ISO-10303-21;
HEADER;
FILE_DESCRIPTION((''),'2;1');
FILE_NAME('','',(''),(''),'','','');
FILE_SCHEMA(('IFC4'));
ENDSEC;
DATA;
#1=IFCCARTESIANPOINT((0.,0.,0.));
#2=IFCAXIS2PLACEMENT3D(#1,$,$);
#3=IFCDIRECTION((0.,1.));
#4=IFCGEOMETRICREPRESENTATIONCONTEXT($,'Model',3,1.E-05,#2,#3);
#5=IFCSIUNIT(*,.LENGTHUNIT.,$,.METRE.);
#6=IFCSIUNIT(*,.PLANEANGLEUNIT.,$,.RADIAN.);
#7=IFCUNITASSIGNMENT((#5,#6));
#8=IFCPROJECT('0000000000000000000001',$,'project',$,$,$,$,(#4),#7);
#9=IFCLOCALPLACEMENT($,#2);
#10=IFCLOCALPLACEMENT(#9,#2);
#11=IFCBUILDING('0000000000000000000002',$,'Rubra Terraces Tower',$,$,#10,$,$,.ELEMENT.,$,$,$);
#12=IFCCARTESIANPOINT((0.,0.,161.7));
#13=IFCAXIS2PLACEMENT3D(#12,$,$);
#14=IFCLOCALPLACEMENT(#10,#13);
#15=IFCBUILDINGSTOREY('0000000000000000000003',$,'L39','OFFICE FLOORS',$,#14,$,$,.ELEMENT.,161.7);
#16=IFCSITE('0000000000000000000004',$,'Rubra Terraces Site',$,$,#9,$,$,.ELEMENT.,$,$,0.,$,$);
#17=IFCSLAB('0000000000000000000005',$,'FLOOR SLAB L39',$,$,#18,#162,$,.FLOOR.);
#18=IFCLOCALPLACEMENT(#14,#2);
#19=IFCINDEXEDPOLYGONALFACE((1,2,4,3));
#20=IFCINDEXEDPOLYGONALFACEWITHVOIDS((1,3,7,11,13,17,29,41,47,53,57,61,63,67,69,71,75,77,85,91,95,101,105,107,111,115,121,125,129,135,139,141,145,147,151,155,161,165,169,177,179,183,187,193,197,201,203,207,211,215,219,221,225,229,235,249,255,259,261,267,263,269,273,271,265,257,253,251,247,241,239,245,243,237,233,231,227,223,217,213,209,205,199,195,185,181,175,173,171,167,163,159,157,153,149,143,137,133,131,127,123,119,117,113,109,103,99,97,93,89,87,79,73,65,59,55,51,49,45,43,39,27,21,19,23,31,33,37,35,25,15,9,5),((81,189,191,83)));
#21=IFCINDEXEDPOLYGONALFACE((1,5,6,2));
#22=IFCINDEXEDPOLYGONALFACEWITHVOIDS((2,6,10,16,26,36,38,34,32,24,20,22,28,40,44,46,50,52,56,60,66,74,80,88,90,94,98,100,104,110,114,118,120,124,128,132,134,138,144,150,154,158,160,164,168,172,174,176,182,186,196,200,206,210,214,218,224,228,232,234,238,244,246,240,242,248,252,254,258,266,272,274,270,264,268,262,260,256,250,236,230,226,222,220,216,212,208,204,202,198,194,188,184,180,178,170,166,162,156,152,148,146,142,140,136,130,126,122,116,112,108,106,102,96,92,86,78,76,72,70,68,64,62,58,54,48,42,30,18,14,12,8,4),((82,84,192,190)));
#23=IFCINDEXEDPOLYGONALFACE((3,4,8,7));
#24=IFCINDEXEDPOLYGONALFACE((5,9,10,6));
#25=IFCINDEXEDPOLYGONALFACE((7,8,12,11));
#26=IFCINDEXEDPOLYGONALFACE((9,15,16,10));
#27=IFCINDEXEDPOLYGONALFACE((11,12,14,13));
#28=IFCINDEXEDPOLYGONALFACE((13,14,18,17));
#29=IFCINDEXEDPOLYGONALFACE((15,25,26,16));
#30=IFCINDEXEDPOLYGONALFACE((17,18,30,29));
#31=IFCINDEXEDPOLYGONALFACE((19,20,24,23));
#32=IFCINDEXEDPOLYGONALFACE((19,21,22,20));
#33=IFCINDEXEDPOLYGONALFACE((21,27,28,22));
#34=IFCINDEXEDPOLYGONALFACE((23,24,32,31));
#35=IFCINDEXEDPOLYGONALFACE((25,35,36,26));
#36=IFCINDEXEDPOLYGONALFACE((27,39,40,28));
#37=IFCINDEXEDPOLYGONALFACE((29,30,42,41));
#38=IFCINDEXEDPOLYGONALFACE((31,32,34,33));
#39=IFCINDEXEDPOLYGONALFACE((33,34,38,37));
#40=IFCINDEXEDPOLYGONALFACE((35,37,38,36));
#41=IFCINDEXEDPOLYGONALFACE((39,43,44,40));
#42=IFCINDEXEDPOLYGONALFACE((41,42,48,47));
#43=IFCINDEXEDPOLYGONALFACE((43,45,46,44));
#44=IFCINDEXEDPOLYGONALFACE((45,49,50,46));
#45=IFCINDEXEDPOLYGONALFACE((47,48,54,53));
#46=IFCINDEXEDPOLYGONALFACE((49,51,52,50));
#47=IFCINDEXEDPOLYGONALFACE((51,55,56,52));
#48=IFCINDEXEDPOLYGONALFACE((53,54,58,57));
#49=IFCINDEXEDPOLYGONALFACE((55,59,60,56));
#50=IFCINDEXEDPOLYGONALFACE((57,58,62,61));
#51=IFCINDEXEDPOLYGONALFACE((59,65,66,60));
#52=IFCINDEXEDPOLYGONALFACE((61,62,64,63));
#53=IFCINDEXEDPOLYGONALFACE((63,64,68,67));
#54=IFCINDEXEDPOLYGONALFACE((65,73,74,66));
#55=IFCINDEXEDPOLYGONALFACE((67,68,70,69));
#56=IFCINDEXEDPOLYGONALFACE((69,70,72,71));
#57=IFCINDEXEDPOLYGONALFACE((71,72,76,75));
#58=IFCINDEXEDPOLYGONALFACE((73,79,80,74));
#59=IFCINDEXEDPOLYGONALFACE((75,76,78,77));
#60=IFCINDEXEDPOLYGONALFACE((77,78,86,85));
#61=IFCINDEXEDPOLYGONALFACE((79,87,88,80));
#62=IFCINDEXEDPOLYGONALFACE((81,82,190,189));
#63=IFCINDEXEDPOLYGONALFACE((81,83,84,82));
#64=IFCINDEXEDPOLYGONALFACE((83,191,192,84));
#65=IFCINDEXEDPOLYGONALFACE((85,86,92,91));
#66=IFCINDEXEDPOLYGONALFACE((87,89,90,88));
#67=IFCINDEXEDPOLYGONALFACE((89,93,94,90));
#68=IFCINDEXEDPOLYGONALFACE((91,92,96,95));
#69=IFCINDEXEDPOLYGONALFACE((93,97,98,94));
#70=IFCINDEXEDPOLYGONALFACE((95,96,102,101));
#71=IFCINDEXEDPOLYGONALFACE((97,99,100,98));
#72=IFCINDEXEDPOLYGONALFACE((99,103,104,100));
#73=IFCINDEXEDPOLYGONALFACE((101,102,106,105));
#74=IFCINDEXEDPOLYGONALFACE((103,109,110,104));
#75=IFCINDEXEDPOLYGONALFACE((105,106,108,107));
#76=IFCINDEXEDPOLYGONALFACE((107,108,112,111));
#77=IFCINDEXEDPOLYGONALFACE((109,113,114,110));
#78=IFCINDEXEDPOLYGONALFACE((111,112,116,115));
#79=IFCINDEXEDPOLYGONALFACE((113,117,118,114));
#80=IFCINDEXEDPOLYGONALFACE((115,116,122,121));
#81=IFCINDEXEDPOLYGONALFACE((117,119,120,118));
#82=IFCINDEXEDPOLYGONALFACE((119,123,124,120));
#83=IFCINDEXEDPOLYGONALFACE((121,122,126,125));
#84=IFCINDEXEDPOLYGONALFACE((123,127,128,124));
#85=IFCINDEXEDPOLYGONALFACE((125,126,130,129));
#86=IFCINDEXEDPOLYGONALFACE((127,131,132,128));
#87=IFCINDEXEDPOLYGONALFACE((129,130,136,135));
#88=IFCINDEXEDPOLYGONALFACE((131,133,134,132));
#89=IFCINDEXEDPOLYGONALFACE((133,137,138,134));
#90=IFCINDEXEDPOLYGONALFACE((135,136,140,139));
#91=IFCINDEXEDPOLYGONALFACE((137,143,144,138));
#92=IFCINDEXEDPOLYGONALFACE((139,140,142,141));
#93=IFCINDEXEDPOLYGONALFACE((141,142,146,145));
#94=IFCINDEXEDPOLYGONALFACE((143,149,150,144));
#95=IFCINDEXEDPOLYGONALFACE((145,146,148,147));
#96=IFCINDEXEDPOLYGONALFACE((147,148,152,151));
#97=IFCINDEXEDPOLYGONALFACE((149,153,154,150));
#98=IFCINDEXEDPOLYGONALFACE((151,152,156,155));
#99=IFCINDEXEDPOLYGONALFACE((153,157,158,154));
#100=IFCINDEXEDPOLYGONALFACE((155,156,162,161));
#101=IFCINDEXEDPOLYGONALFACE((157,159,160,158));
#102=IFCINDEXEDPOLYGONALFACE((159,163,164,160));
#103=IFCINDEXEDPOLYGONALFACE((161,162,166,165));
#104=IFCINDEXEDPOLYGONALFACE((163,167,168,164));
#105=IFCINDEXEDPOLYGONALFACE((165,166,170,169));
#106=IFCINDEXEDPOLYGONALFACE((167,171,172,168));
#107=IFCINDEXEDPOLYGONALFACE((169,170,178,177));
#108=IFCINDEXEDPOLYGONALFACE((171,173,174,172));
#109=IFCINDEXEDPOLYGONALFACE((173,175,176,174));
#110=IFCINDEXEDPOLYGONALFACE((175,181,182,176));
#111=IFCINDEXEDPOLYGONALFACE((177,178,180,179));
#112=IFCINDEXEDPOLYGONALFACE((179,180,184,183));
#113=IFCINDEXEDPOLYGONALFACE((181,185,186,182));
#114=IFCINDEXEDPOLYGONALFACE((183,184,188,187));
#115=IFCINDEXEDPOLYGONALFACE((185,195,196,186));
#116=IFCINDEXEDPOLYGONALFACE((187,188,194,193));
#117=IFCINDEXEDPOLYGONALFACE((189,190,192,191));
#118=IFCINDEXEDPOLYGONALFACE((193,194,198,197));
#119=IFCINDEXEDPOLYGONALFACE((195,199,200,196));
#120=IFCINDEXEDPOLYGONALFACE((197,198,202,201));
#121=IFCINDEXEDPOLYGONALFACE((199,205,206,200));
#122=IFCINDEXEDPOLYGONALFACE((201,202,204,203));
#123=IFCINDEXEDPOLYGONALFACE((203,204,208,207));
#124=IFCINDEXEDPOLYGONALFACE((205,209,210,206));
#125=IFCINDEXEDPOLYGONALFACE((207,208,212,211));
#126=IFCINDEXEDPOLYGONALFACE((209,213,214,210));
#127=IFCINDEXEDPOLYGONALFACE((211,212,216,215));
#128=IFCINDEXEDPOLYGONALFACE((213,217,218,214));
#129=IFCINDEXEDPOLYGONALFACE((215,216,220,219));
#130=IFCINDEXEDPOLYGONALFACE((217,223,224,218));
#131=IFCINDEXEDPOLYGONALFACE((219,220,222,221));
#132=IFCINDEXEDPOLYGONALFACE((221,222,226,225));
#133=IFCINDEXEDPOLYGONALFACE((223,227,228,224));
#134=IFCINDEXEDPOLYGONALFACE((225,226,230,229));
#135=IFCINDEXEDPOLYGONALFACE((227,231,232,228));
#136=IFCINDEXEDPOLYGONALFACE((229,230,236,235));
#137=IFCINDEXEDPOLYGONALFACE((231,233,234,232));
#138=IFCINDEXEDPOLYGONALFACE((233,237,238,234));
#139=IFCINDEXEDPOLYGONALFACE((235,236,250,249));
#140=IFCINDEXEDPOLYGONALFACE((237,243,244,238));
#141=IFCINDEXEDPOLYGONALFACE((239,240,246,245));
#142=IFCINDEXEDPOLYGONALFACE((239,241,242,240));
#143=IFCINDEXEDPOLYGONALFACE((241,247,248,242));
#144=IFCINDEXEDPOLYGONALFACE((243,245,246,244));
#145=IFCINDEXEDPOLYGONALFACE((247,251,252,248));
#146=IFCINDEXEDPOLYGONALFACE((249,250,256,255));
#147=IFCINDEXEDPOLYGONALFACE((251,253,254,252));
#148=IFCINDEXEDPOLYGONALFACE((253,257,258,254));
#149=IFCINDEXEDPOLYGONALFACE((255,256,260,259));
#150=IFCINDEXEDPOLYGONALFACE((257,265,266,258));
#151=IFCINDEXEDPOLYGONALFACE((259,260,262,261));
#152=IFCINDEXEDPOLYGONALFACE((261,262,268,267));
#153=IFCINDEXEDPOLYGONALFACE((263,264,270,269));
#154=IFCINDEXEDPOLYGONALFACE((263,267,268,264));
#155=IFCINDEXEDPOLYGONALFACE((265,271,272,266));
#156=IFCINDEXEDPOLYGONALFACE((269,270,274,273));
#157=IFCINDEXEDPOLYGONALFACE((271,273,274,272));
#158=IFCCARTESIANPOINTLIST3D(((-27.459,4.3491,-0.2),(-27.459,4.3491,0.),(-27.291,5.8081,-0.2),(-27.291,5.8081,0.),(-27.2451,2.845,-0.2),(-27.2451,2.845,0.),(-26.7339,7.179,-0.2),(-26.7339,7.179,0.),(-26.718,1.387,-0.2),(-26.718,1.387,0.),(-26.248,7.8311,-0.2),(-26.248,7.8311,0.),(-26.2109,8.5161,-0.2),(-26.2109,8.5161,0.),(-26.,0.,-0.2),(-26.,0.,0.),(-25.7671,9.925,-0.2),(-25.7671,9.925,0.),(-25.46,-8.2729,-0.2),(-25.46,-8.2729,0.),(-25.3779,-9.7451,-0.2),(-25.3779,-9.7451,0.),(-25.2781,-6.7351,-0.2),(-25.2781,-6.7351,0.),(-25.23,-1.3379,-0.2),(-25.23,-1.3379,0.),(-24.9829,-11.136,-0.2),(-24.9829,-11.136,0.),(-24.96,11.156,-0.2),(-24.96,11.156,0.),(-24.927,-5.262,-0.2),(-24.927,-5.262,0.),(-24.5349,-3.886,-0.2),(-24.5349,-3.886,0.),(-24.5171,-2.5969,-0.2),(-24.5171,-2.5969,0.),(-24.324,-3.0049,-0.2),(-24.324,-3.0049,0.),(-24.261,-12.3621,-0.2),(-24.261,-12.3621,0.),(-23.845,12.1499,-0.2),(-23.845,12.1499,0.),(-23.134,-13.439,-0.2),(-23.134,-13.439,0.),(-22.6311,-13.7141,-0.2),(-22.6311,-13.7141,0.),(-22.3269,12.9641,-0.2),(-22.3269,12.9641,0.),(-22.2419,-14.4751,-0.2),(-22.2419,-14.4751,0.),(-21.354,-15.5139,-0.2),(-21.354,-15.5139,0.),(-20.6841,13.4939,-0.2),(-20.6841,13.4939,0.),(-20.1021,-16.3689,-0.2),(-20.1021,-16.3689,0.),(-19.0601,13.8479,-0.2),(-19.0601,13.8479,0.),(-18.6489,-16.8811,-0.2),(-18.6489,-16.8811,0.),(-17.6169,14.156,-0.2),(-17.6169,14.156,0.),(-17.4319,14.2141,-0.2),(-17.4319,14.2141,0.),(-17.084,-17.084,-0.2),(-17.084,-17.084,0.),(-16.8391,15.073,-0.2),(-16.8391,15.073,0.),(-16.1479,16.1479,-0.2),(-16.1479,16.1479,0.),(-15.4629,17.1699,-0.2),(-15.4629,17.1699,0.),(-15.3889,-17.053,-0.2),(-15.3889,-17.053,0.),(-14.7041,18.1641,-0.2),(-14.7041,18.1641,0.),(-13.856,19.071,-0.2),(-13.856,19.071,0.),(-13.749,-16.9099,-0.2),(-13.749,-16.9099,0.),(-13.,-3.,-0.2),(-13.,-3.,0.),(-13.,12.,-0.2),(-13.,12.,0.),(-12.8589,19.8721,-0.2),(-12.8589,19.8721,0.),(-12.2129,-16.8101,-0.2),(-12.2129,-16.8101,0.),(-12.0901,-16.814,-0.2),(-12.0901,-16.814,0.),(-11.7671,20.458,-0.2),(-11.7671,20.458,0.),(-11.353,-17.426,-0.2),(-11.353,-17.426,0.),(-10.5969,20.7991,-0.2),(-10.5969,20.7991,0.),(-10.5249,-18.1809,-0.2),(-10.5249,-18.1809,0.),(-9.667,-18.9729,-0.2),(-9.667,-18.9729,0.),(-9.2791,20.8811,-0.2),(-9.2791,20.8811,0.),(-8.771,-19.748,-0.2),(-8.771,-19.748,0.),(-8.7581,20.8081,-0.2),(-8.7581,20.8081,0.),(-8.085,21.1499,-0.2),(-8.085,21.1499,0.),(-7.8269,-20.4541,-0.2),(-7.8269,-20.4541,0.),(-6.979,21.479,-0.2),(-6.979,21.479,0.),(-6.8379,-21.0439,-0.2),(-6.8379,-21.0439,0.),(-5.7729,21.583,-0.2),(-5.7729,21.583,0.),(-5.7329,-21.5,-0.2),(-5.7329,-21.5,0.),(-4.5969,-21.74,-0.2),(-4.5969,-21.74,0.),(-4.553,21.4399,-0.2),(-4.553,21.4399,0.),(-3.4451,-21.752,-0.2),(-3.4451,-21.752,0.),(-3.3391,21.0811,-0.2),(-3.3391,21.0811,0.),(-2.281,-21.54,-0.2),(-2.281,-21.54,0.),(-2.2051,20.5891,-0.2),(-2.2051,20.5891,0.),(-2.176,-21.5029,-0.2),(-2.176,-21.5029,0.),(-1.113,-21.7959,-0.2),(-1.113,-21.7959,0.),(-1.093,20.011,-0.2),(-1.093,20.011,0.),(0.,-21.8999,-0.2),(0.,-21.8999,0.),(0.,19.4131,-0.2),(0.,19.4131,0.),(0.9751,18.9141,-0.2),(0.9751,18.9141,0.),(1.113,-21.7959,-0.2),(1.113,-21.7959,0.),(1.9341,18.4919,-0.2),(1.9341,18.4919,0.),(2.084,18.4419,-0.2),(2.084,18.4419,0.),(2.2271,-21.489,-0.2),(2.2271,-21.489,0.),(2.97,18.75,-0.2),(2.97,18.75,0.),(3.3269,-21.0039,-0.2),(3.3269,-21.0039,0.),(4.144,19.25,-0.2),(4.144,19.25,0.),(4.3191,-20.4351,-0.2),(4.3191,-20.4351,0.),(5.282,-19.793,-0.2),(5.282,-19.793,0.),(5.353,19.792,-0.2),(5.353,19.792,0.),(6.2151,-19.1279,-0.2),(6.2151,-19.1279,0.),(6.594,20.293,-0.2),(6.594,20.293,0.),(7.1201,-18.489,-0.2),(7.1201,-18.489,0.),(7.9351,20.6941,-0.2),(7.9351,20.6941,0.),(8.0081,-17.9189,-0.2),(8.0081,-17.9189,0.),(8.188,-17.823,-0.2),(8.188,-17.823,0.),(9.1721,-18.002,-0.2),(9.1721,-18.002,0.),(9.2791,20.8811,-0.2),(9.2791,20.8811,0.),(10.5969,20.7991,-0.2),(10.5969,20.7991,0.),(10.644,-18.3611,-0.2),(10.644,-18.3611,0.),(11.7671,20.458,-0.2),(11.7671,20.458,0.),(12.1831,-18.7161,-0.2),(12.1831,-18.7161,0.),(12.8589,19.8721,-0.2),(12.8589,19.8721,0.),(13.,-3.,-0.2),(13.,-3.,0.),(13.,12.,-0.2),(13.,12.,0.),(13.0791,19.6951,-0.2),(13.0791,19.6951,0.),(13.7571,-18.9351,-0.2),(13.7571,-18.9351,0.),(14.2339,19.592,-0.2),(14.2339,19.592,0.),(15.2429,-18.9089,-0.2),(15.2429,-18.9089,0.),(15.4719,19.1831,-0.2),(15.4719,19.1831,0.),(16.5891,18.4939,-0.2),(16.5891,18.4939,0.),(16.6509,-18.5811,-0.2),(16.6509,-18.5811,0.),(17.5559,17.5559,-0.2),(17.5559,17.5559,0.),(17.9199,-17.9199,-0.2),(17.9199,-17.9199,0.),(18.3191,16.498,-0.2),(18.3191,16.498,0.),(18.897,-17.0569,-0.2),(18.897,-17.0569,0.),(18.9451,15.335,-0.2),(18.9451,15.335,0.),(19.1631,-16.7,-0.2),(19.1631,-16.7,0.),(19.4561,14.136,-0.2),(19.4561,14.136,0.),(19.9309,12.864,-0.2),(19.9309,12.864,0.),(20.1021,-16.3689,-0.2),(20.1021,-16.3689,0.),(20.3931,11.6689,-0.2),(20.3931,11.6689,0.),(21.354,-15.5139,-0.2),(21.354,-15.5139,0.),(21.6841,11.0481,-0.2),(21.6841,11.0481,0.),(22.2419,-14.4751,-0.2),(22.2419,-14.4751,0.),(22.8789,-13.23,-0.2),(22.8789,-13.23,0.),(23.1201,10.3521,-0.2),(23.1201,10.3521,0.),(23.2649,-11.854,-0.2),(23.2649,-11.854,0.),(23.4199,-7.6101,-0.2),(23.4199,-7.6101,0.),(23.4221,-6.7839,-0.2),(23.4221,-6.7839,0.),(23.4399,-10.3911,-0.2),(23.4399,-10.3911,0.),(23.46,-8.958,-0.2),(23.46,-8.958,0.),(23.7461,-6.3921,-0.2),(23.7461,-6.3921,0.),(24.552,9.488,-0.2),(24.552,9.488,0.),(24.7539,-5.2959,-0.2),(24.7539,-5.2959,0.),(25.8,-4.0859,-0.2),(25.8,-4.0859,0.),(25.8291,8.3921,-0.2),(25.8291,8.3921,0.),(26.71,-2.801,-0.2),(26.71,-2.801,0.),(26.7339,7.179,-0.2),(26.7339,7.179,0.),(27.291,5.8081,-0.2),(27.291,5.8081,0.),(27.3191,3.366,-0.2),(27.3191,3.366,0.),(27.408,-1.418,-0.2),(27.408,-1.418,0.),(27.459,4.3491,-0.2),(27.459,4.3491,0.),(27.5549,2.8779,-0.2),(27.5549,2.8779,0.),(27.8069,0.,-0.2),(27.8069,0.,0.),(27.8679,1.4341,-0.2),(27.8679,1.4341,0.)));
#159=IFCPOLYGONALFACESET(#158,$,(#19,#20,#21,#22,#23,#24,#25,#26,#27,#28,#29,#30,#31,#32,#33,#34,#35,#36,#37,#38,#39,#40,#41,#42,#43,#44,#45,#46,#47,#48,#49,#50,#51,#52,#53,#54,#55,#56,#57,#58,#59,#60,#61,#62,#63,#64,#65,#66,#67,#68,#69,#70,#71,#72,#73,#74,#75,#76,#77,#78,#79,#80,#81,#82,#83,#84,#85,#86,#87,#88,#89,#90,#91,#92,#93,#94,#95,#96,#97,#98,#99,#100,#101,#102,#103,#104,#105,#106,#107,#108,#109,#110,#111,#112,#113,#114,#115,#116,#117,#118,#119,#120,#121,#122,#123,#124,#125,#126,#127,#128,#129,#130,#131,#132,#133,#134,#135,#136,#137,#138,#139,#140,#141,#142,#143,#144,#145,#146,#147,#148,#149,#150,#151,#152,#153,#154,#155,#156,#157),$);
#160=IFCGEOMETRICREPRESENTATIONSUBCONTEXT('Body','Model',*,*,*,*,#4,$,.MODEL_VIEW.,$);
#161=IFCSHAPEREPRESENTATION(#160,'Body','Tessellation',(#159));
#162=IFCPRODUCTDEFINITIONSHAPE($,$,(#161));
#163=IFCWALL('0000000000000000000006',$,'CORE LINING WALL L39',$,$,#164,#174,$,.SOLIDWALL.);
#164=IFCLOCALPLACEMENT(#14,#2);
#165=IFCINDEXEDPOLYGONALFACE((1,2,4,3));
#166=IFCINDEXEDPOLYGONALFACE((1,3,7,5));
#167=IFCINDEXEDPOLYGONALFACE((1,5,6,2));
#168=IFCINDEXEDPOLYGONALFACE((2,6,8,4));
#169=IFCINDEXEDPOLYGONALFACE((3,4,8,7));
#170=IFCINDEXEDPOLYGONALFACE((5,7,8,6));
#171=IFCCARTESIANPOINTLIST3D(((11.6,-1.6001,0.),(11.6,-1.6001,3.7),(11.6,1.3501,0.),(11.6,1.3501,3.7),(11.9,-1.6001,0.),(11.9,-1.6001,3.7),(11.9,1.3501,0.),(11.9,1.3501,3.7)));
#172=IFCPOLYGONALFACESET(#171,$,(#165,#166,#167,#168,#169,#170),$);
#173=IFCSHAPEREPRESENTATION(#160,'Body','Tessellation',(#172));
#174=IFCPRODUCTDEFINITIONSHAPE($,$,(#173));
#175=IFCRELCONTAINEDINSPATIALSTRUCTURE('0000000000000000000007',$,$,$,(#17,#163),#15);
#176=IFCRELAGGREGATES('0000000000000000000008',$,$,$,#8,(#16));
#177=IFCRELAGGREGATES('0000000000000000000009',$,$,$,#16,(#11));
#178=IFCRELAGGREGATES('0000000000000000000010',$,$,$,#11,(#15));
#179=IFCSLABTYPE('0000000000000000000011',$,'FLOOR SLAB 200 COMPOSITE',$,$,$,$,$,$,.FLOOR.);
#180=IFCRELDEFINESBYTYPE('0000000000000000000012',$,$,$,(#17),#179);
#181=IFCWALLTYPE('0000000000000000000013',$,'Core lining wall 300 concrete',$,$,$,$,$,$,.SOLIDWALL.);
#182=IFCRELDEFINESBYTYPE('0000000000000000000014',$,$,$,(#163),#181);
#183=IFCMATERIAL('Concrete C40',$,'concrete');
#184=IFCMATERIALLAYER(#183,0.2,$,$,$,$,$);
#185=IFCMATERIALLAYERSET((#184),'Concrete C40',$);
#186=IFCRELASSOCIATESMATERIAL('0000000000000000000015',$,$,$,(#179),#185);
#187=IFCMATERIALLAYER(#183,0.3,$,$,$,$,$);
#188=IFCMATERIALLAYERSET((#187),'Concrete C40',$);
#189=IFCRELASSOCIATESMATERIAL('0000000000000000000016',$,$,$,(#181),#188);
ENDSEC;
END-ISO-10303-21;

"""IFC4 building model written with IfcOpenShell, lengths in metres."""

from ifc_helpers import new_model, si_unit, direction, frame, frame_2d, origin, place, context, subcontext, project, spatial, polyline, rectangle, outline, extrude, material, layer, layer_set, type_object, element, save


model = new_model("IFC4")

# Units and contexts
model_context = context("Model", 3, precision=1e-05, world=origin(), true_north=direction((0.0, 1.0)))
body_context = subcontext(model_context, "Body", "Model", "MODEL_VIEW")
ifc_project = project(units=[si_unit("LENGTHUNIT", "METRE"), si_unit("PLANEANGLEUNIT", "RADIAN")], contexts=[model_context])

# Site, building, storey
site_placement = place(None, origin())
site = spatial("IfcSite", under=ifc_project, at=site_placement, Name="Rubra Terraces Site", CompositionType="ELEMENT", RefElevation=0.0)
building_placement = place(site_placement, origin())
building = spatial("IfcBuilding", under=site, at=building_placement, Name="Rubra Terraces Tower", CompositionType="ELEMENT")
storey_placement = place(building_placement, frame((0.0, 0.0, 161.7)))
storey = spatial("IfcBuildingStorey", under=building, at=storey_placement, Name="L39", Description="OFFICE FLOORS", CompositionType="ELEMENT", Elevation=161.7)

# Shared definitions
ifc_material_1 = material(Name="Concrete C40", Category="concrete")

# Slab
ifc_layer_1 = layer(ifc_material_1, 0.2)
ifc_layer_set_1 = layer_set([ifc_layer_1], Name="Concrete C40")
slab_type_1 = type_object("IfcSlabType", Name="FLOOR SLAB 200 COMPOSITE", PredefinedType="FLOOR", material=ifc_layer_set_1)
slab_1_placement = place(storey_placement, frame((0.0, 0.0, -0.2)))
element("IfcSlab", 1, at=slab_1_placement, inside=storey, type_object=slab_type_1, Name="FLOOR SLAB L39", PredefinedType="FLOOR", context=body_context, shape_type="SweptSolid", body=[
    extrude(outline(polyline([(5.282, -19.793), (6.2151, -19.1279), (7.1201, -18.489), (8.0081, -17.9189), (8.188, -17.823), (9.1721, -18.002), (10.644, -18.3611), (12.1831, -18.7161), (13.7571, -18.9351), (15.2429, -18.9089), (16.6509, -18.5811), (17.9199, -17.9199), (18.897, -17.0569), (19.1631, -16.7), (20.1021, -16.3689), (21.354, -15.5139), (22.2419, -14.4751), (22.8789, -13.23), (23.2649, -11.854), (23.4399, -10.3911), (23.46, -8.958), (23.4199, -7.6101), (23.4221, -6.7839), (23.7461, -6.3921), (24.7539, -5.2959), (25.8, -4.0859), (26.71, -2.801), (27.408, -1.418), (27.8069, 0.0), (27.8679, 1.4341), (27.5549, 2.8779), (27.3191, 3.366), (27.459, 4.3491), (27.291, 5.8081), (26.7339, 7.179), (25.8291, 8.3921), (24.552, 9.488), (23.1201, 10.3521), (21.6841, 11.0481), (20.3931, 11.6689), (19.9309, 12.864), (19.4561, 14.136), (18.9451, 15.335), (18.3191, 16.498), (17.5559, 17.5559), (16.5891, 18.4939), (15.4719, 19.1831), (14.2339, 19.592), (13.0791, 19.6951), (12.8589, 19.8721), (11.7671, 20.458), (10.5969, 20.7991), (9.2791, 20.8811), (7.9351, 20.6941), (6.594, 20.293), (5.353, 19.792), (4.144, 19.25), (2.97, 18.75), (2.084, 18.4419), (1.9341, 18.4919), (0.9751, 18.9141), (0.0, 19.4131), (-1.093, 20.011), (-2.2051, 20.5891), (-3.3391, 21.0811), (-4.553, 21.4399), (-5.7729, 21.583), (-6.979, 21.479), (-8.085, 21.1499), (-8.7581, 20.8081), (-9.2791, 20.8811), (-10.5969, 20.7991), (-11.7671, 20.458), (-12.8589, 19.8721), (-13.856, 19.071), (-14.7041, 18.1641), (-15.4629, 17.1699), (-16.1479, 16.1479), (-16.8391, 15.073), (-17.4319, 14.2141), (-17.6169, 14.156), (-19.0601, 13.8479), (-20.6841, 13.4939), (-22.3269, 12.9641), (-23.845, 12.1499), (-24.96, 11.156), (-25.7671, 9.925), (-26.2109, 8.5161), (-26.248, 7.8311), (-26.7339, 7.179), (-27.291, 5.8081), (-27.459, 4.3491), (-27.2451, 2.845), (-26.718, 1.387), (-26.0, 0.0), (-25.23, -1.3379), (-24.5171, -2.5969), (-24.324, -3.0049), (-24.5349, -3.886), (-24.927, -5.262), (-25.2781, -6.7351), (-25.46, -8.2729), (-25.3779, -9.7451), (-24.9829, -11.136), (-24.261, -12.3621), (-23.134, -13.439), (-22.6311, -13.7141), (-22.2419, -14.4751), (-21.354, -15.5139), (-20.1021, -16.3689), (-18.6489, -16.8811), (-17.084, -17.084), (-15.3889, -17.053), (-13.749, -16.9099), (-12.2129, -16.8101), (-12.0901, -16.814), (-11.353, -17.426), (-10.5249, -18.1809), (-9.667, -18.9729), (-8.771, -19.748), (-7.8269, -20.4541), (-6.8379, -21.0439), (-5.7329, -21.5), (-4.5969, -21.74), (-3.4451, -21.752), (-2.281, -21.54), (-2.176, -21.5029), (-1.113, -21.7959), (0.0, -21.8999), (1.113, -21.7959), (2.2271, -21.489), (3.3269, -21.0039), (4.3191, -20.4351), (5.282, -19.793)]), holes=[polyline([(13.0, 12.0), (13.0, -3.0), (-13.0, -3.0), (-13.0, 12.0), (13.0, 12.0)])]), origin(), (0.0, 0.0, 1.0), 0.2),
])

# Wall
ifc_layer_2 = layer(ifc_material_1, 0.3)
ifc_layer_set_2 = layer_set([ifc_layer_2], Name="Concrete C40")
wall_type_1 = type_object("IfcWallType", Name="Core lining wall 300 concrete", PredefinedType="SOLIDWALL", material=ifc_layer_set_2)
wall_1_placement = place(storey_placement, frame((11.75, 1.3501, 0.0), z_axis=(0.0, 0.0, 1.0), x_axis=(0.0, -1.0, 0.0)))
element("IfcWall", 2, at=wall_1_placement, inside=storey, type_object=wall_type_1, Name="CORE LINING WALL L39", PredefinedType="SOLIDWALL", context=body_context, shape_type="SweptSolid", body=[
    extrude(rectangle(XDim=2.9502, YDim=0.3, at=frame_2d((1.4751, 0.0))), origin(), (0.0, 0.0, 1.0), 3.7),
])

save(model, "model.ifc")
